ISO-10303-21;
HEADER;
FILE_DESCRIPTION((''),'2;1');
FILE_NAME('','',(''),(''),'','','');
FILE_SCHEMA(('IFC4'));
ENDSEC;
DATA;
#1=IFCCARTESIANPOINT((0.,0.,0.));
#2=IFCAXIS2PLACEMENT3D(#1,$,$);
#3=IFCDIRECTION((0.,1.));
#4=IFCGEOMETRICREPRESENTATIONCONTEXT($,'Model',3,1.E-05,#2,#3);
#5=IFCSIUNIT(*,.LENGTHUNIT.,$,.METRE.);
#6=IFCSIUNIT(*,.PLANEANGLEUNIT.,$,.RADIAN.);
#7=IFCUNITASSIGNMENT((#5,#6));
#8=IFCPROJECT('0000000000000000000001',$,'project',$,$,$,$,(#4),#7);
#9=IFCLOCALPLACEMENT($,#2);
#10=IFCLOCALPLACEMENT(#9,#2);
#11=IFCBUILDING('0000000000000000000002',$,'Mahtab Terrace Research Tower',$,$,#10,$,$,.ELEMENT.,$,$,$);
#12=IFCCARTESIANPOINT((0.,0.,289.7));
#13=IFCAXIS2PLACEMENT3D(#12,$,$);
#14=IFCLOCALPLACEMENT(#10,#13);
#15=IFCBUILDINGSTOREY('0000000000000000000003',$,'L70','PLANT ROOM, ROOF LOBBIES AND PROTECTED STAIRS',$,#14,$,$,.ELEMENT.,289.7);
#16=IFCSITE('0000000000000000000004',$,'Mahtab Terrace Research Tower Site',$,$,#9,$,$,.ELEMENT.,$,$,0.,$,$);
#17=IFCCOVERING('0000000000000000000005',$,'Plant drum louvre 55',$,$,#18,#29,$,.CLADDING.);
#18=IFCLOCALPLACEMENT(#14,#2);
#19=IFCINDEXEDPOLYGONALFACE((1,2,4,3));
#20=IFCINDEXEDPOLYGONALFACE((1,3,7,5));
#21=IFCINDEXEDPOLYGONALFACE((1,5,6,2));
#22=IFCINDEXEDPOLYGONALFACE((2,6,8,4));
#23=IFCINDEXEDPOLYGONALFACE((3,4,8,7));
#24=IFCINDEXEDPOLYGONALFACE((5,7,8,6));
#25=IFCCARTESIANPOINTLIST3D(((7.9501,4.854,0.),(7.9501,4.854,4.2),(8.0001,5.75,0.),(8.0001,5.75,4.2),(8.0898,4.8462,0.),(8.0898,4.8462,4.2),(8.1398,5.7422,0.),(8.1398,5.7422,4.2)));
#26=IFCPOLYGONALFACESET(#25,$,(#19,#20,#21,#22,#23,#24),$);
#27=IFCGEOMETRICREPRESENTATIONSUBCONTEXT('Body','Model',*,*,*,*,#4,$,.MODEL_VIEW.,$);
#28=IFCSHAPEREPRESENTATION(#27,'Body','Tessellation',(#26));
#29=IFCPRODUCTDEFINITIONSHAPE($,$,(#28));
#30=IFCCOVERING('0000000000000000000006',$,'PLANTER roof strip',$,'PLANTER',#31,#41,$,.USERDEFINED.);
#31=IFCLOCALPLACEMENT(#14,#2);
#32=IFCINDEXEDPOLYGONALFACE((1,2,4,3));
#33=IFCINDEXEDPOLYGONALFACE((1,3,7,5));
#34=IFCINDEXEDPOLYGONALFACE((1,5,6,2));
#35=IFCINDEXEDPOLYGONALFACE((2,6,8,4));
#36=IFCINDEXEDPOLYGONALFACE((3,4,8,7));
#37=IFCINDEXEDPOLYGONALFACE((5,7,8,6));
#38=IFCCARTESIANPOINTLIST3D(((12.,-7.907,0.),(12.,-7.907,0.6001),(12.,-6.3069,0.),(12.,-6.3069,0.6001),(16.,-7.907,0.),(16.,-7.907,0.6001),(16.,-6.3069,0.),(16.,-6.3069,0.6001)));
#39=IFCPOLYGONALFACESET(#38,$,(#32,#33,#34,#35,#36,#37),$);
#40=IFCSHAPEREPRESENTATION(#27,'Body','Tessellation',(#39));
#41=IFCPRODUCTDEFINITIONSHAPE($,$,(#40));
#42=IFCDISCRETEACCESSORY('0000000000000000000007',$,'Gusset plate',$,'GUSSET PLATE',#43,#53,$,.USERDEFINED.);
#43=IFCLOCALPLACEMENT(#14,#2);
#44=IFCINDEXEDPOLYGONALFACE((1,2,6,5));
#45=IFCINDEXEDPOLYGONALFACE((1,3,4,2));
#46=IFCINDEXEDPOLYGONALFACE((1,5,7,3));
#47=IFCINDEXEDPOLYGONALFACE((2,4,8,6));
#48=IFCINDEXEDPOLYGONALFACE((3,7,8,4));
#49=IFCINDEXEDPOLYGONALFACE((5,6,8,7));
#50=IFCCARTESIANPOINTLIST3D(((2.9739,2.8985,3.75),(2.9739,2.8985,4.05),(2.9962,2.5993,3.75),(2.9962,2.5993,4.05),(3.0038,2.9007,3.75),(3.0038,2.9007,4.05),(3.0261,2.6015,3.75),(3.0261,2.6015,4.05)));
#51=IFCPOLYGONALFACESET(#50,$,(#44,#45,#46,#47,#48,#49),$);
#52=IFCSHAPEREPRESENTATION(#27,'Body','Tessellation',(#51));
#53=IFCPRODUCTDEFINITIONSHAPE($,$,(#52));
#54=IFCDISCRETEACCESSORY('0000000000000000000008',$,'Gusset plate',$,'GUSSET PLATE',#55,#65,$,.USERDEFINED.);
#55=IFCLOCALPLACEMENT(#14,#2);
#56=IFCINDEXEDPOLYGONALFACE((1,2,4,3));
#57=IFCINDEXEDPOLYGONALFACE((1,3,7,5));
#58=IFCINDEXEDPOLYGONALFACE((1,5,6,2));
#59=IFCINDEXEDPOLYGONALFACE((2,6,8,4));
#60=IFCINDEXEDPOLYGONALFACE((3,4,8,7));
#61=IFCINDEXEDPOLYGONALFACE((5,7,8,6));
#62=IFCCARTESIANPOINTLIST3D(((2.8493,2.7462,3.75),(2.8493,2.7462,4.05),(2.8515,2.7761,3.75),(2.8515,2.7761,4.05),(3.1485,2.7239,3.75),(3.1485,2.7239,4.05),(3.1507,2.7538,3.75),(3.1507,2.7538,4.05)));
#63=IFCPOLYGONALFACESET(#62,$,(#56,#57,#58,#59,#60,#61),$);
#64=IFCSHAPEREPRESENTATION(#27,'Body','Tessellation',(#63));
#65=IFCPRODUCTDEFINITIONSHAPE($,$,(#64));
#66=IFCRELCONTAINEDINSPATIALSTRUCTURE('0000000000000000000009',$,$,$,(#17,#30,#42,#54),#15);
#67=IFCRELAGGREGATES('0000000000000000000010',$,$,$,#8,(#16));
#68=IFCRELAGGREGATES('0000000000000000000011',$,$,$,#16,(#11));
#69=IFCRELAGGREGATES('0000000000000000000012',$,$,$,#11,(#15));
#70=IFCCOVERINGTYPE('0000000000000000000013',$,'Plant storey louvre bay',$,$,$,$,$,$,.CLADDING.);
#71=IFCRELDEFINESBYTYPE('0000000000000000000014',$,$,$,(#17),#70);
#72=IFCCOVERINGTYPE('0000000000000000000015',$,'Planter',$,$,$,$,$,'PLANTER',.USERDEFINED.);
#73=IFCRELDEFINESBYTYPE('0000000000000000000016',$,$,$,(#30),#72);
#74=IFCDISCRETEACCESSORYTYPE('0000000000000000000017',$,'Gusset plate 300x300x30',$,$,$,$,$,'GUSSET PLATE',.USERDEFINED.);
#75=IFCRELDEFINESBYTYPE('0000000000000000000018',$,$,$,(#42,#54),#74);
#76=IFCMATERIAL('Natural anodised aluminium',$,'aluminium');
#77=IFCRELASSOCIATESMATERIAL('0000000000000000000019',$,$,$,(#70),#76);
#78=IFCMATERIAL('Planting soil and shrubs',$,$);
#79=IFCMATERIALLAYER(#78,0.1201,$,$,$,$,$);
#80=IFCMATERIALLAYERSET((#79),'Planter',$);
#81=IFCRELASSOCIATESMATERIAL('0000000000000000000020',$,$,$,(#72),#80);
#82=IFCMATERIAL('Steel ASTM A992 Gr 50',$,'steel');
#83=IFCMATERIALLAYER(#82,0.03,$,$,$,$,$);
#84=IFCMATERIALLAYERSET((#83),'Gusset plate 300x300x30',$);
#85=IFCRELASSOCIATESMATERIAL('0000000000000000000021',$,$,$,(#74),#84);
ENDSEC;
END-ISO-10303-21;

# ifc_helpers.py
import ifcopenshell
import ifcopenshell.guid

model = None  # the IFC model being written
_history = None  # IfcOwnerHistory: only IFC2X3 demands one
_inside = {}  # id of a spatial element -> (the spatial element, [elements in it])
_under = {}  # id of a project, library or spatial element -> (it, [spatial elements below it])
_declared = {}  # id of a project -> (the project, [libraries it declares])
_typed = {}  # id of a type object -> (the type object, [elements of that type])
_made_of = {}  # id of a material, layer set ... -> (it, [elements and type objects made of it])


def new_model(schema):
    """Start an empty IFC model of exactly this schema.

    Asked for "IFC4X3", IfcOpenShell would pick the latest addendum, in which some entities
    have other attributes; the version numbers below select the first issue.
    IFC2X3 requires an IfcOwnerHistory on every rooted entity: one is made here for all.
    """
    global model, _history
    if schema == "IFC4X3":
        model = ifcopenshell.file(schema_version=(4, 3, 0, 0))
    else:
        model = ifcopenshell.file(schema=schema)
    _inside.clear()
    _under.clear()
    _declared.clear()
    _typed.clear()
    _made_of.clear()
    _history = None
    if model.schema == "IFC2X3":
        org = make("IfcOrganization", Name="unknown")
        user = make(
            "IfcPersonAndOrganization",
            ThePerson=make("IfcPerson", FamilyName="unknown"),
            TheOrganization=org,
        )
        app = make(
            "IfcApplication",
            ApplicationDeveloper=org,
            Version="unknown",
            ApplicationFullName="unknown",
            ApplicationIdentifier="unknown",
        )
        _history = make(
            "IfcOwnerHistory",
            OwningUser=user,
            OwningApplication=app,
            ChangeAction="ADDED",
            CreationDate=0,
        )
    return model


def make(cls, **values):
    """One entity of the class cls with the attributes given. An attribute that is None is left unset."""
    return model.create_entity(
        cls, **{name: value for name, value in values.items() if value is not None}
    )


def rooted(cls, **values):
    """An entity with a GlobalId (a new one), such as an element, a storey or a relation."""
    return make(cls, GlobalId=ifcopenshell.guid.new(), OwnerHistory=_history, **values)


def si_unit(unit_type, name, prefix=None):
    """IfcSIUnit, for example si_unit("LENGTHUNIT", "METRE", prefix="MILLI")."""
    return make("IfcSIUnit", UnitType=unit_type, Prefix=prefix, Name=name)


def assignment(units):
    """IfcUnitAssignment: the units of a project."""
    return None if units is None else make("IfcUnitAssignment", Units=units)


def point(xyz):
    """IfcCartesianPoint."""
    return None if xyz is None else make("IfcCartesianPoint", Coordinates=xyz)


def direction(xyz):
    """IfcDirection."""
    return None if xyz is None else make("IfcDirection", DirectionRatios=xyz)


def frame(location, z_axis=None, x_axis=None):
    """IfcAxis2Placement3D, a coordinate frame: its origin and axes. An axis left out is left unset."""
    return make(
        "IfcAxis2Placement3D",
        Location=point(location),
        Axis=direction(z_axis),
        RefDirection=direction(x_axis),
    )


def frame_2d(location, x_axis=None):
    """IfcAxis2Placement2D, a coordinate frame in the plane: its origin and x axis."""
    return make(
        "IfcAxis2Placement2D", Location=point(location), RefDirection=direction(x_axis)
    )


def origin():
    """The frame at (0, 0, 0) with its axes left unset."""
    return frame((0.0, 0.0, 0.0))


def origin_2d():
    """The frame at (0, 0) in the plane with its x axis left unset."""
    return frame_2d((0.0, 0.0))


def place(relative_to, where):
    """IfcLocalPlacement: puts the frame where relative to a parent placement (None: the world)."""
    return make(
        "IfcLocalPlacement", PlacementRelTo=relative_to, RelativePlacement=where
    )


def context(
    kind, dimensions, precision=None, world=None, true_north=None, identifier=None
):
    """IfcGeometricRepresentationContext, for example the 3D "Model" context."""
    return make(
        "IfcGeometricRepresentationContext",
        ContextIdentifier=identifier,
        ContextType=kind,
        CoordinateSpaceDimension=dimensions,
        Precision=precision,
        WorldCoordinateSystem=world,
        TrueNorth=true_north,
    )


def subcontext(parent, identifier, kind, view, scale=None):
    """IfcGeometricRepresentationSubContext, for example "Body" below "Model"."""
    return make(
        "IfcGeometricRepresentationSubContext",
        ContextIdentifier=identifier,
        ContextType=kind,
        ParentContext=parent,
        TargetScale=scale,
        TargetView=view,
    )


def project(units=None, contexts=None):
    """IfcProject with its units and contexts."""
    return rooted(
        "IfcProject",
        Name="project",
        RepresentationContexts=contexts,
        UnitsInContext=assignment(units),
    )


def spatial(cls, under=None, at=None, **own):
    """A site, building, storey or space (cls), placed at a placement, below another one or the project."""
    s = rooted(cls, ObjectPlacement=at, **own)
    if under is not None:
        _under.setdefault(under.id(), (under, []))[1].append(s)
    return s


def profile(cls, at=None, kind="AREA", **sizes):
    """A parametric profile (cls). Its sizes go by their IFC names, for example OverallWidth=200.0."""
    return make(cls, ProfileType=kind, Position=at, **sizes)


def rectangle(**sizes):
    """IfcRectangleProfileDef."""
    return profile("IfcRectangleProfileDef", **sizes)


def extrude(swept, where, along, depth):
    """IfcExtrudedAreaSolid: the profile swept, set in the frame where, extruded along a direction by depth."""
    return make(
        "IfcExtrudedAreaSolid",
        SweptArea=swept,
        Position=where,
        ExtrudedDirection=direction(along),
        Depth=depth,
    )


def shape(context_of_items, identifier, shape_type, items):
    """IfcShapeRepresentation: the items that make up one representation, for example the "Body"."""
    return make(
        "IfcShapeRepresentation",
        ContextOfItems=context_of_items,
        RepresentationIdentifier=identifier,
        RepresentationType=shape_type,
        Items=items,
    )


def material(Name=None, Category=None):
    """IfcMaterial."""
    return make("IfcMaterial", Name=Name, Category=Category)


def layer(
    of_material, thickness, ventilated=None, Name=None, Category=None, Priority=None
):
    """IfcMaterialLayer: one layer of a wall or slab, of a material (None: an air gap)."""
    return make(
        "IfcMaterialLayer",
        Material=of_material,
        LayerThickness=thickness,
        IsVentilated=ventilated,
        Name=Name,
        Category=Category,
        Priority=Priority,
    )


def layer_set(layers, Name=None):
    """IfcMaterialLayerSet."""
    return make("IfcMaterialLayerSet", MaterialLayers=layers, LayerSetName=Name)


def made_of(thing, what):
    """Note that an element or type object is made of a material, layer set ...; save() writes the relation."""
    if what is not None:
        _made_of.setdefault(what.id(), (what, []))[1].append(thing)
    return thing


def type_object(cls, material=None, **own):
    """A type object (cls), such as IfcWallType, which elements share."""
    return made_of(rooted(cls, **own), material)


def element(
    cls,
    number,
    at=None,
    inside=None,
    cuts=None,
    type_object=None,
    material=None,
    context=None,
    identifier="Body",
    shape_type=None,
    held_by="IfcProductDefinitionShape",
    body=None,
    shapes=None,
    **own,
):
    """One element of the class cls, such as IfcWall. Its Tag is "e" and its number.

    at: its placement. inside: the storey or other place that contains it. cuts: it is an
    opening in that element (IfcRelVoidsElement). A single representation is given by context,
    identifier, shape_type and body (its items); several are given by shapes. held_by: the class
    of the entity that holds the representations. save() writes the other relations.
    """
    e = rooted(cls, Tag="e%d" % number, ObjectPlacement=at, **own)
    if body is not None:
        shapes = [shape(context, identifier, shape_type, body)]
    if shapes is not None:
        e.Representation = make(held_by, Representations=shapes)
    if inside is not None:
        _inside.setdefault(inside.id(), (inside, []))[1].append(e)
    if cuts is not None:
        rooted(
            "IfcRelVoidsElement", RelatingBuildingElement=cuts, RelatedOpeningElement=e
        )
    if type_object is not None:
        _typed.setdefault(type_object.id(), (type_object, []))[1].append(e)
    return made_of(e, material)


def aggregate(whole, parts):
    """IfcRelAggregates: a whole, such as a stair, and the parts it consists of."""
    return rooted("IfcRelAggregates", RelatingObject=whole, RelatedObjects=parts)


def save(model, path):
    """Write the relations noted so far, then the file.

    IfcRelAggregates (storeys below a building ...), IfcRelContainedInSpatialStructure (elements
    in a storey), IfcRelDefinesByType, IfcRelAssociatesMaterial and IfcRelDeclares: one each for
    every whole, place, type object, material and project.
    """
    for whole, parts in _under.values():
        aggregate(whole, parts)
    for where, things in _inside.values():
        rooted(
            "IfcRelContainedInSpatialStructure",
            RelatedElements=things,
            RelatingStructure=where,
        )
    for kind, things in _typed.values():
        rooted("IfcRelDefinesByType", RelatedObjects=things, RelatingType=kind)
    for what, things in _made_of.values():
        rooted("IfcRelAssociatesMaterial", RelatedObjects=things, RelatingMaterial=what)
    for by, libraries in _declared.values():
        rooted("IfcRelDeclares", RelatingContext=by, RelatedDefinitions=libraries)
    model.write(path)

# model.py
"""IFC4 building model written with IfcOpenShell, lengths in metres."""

from ifc_helpers import new_model, si_unit, direction, frame, origin, origin_2d, place, context, subcontext, project, spatial, rectangle, extrude, material, layer, layer_set, type_object, element, save


model = new_model("IFC4")

# Units and contexts
model_context = context("Model", 3, precision=1e-05, world=origin(), true_north=direction((0.0, 1.0)))
body_context = subcontext(model_context, "Body", "Model", "MODEL_VIEW")
ifc_project = project(units=[si_unit("LENGTHUNIT", "METRE"), si_unit("PLANEANGLEUNIT", "RADIAN")], contexts=[model_context])

# Site, building, storey
site_placement = place(None, origin())
site = spatial("IfcSite", under=ifc_project, at=site_placement, Name="Mahtab Terrace Research Tower Site", CompositionType="ELEMENT", RefElevation=0.0)
building_placement = place(site_placement, origin())
building = spatial("IfcBuilding", under=site, at=building_placement, Name="Mahtab Terrace Research Tower", CompositionType="ELEMENT")
storey_placement = place(building_placement, frame((0.0, 0.0, 289.7)))
storey = spatial("IfcBuildingStorey", under=building, at=storey_placement, Name="L70", Description="PLANT ROOM, ROOF LOBBIES AND PROTECTED STAIRS", CompositionType="ELEMENT", Elevation=289.7)

# Coverings
ifc_material_1 = material(Name="Natural anodised aluminium", Category="aluminium")
covering_type_1 = type_object("IfcCoveringType", Name="Plant storey louvre bay", PredefinedType="CLADDING", material=ifc_material_1)
covering_1_placement = place(storey_placement, frame((8.0449, 5.2981, 0.0), z_axis=(0.0, 0.0, 1.0), x_axis=(0.055717, 0.998447, 0.0)))
element("IfcCovering", 1, at=covering_1_placement, inside=storey, type_object=covering_type_1, Name="Plant drum louvre 55", PredefinedType="CLADDING", context=body_context, shape_type="SweptSolid", body=[
    extrude(rectangle(XDim=0.8975, YDim=0.1399, at=origin_2d()), origin(), (0.0, 0.0, 1.0), 4.2),
])
ifc_material_2 = material(Name="Planting soil and shrubs")
ifc_layer_1 = layer(ifc_material_2, 0.1201)
ifc_layer_set_1 = layer_set([ifc_layer_1], Name="Planter")
covering_type_2 = type_object("IfcCoveringType", Name="Planter", ElementType="PLANTER", PredefinedType="USERDEFINED", material=ifc_layer_set_1)
covering_2_placement = place(storey_placement, frame((14.0, -7.1069, 0.0), z_axis=(0.0, 0.0, 1.0), x_axis=(1.0, 0.0, 0.0)))
element("IfcCovering", 2, at=covering_2_placement, inside=storey, type_object=covering_type_2, Name="PLANTER roof strip", ObjectType="PLANTER", PredefinedType="USERDEFINED", context=body_context, shape_type="SweptSolid", body=[
    extrude(rectangle(XDim=4.0, YDim=1.6001, at=origin_2d()), origin(), (0.0, 0.0, 1.0), 0.6001),
])

# Discrete accessories
ifc_material_3 = material(Name="Steel ASTM A992 Gr 50", Category="steel")
ifc_layer_2 = layer(ifc_material_3, 0.03)
ifc_layer_set_2 = layer_set([ifc_layer_2], Name="Gusset plate 300x300x30")
discrete_accessory_type = type_object("IfcDiscreteAccessoryType", Name="Gusset plate 300x300x30", ElementType="GUSSET PLATE", PredefinedType="USERDEFINED", material=ifc_layer_set_2)
for number, where, z_axis, x_axis, name in (
    (3, (3.0, 2.75, 3.75), (0.0, 0.0, 1.0), (-0.074422, 0.997227, 0.0), "Gusset plate"),
    (4, (3.0, 2.75, 3.75), (0.0, 0.0, 1.0), (-0.997227, 0.074422, 0.0), "Gusset plate"),
):
    element("IfcDiscreteAccessory", number, at=place(storey_placement, frame(where, z_axis=z_axis, x_axis=x_axis)), inside=storey, type_object=discrete_accessory_type, Name=name, ObjectType="GUSSET PLATE", PredefinedType="USERDEFINED", context=body_context, shape_type="SweptSolid", body=[
        extrude(rectangle(XDim=0.3, YDim=0.03, at=origin_2d()), origin(), (0.0, 0.0, 1.0), 0.3),
    ])

save(model, "model.ifc")
